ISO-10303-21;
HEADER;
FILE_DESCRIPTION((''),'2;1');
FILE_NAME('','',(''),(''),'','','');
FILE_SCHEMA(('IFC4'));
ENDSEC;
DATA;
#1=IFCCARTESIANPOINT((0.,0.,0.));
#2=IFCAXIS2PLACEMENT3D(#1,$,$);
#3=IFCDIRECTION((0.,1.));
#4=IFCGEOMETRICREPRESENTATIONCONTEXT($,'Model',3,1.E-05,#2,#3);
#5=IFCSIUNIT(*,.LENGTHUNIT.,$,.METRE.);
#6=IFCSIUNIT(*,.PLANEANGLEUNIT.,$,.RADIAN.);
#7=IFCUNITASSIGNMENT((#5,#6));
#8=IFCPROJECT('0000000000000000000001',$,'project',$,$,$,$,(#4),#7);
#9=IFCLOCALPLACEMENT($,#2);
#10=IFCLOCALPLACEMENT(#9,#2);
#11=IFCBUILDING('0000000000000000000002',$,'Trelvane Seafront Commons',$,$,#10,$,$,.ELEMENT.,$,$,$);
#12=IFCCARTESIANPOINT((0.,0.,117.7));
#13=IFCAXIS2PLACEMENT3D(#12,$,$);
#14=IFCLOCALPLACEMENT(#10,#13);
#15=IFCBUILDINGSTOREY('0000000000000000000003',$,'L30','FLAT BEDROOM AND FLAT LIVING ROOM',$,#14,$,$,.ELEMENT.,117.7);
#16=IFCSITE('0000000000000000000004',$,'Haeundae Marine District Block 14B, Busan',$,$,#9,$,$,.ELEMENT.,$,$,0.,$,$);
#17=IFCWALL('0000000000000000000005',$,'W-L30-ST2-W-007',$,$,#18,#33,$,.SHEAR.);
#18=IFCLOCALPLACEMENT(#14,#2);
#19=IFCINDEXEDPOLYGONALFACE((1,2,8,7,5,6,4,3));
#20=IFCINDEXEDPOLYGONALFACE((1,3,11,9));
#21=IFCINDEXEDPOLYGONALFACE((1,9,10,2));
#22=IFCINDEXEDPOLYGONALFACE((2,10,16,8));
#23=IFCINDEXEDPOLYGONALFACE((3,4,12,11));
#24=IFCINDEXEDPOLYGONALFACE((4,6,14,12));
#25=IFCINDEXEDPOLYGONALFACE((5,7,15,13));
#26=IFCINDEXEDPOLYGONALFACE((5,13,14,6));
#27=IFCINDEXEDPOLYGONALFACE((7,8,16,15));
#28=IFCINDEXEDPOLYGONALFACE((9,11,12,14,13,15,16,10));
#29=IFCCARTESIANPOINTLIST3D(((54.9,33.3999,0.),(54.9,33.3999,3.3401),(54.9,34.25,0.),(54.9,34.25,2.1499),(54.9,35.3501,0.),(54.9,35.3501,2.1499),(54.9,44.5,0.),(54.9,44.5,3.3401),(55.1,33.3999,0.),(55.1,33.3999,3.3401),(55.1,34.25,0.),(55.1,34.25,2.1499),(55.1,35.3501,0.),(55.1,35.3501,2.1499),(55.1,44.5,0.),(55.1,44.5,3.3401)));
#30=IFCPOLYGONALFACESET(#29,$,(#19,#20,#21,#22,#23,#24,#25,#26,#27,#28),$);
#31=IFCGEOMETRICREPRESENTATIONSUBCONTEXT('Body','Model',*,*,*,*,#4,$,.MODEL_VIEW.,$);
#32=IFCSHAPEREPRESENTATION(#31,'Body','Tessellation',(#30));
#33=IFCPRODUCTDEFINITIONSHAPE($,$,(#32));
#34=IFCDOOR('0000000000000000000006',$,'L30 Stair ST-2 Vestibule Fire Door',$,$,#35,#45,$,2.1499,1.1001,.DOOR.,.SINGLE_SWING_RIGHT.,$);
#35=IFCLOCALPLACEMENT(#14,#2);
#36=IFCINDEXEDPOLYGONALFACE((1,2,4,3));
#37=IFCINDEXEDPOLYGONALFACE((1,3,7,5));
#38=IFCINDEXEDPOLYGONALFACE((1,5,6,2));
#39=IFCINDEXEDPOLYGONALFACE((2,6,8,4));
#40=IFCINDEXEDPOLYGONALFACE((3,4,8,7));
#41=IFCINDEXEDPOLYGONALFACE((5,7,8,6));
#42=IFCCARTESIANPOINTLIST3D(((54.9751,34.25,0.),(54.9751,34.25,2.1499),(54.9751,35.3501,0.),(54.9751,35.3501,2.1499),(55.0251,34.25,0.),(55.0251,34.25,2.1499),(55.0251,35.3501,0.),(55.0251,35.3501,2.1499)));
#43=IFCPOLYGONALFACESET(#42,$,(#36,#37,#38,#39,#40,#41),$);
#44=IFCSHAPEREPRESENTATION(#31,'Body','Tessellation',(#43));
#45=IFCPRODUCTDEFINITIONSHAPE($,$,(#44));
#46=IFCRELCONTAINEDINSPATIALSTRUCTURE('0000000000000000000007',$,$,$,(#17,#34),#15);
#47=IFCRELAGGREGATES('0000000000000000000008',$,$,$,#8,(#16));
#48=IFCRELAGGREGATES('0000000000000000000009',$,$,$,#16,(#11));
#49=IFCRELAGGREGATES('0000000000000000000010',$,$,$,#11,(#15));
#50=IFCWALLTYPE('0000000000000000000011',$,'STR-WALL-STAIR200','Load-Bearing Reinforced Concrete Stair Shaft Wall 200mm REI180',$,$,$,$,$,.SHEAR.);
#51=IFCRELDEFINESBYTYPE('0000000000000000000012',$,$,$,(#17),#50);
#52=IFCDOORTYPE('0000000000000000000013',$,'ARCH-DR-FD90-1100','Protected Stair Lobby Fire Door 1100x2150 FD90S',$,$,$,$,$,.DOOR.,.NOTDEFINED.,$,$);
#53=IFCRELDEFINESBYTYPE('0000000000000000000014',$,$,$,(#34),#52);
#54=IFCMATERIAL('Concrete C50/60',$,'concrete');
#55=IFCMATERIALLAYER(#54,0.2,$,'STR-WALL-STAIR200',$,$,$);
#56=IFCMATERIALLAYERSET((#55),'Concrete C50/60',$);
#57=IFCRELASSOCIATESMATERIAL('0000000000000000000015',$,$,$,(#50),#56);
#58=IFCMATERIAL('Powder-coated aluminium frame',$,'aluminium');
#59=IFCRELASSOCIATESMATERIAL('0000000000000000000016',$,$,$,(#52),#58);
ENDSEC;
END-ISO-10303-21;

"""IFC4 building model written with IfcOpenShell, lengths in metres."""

from ifc_helpers import new_model, si_unit, direction, frame, frame_2d, origin, place, context, subcontext, project, spatial, rectangle, extrude, source, transform, mapped, material, layer, layer_set, type_object, element, fill, save


model = new_model("IFC4")

# Units and contexts
model_context = context("Model", 3, precision=1e-05, world=origin(), true_north=direction((0.0, 1.0)))
body_context = subcontext(model_context, "Body", "Model", "MODEL_VIEW")
ifc_project = project(units=[si_unit("LENGTHUNIT", "METRE"), si_unit("PLANEANGLEUNIT", "RADIAN")], contexts=[model_context])

# Site, building, storey
site_placement = place(None, origin())
site = spatial("IfcSite", under=ifc_project, at=site_placement, Name="Haeundae Marine District Block 14B, Busan", CompositionType="ELEMENT", RefElevation=0.0)
building_placement = place(site_placement, origin())
building = spatial("IfcBuilding", under=site, at=building_placement, Name="Trelvane Seafront Commons", CompositionType="ELEMENT")
storey_placement = place(building_placement, frame((0.0, 0.0, 117.7)))
storey = spatial("IfcBuildingStorey", under=building, at=storey_placement, Name="L30", Description="FLAT BEDROOM AND FLAT LIVING ROOM", CompositionType="ELEMENT", Elevation=117.7)

# Shared definitions
ifc_material_1 = material(Name="Powder-coated aluminium frame", Category="aluminium")

# Wall, opening, door
ifc_material_2 = material(Name="Concrete C50/60", Category="concrete")
ifc_layer_1 = layer(ifc_material_2, 0.2, Name="STR-WALL-STAIR200")
ifc_layer_set_1 = layer_set([ifc_layer_1], Name="Concrete C50/60")
wall_type_1 = type_object("IfcWallType", Name="STR-WALL-STAIR200", Description="Load-Bearing Reinforced Concrete Stair Shaft Wall 200mm REI180", PredefinedType="SHEAR", material=ifc_layer_set_1)
wall_1_placement = place(storey_placement, frame((55.0, 33.3999, 0.0), z_axis=(0.0, 0.0, 1.0), x_axis=(0.0, 1.0, 0.0)))
wall_1 = element("IfcWall", 1, at=wall_1_placement, inside=storey, type_object=wall_type_1, Name="W-L30-ST2-W-007", PredefinedType="SHEAR", context=body_context, shape_type="SweptSolid", body=[
    extrude(rectangle(XDim=11.1001, YDim=0.2, at=frame_2d((5.55, 0.0))), origin(), (0.0, 0.0, 1.0), 3.3401),
])
opening_1_placement = place(wall_1_placement, frame((0.8501, 0.0, 0.0)))
opening_1 = element("IfcOpeningElement", 2, at=opening_1_placement, cuts=wall_1, PredefinedType="OPENING", context=body_context, shape_type="SweptSolid", body=[
    extrude(rectangle(XDim=1.1001, YDim=2.1499, at=frame_2d((0.55, 1.075))), frame((0.0, 0.1099, 0.0), z_axis=(0.0, -1.0, 0.0), x_axis=(1.0, 0.0, 0.0)), (0.0, 0.0, 1.0), 0.22),
])
door_type_1 = type_object("IfcDoorType", Name="ARCH-DR-FD90-1100", Description="Protected Stair Lobby Fire Door 1100x2150 FD90S", OperationType="NOTDEFINED", PredefinedType="DOOR", material=ifc_material_1)
shared_shape_1 = source(origin(), body_context, "Body", "SweptSolid", [
    extrude(rectangle(XDim=1.1001, YDim=2.1499, at=frame_2d((0.55, 1.075))), frame((0.0, 0.0249, 0.0), z_axis=(0.0, -1.0, 0.0), x_axis=(1.0, 0.0, 0.0)), (0.0, 0.0, 1.0), 0.05),
])
door_1_placement = place(opening_1_placement, origin())
door_1 = element("IfcDoor", 3, at=door_1_placement, inside=storey, type_object=door_type_1, Name="L30 Stair ST-2 Vestibule Fire Door", OperationType="SINGLE_SWING_RIGHT", OverallHeight=2.1499, OverallWidth=1.1001, PredefinedType="DOOR", context=body_context, shape_type="MappedRepresentation", body=[
    mapped(shared_shape_1, transform((0.0, 0.0, 0.0), x_axis=(1.0, 0.0, 0.0), y_axis=(0.0, 1.0, 0.0), z_axis=(0.0, 0.0, 1.0), scale=1.0)),
])
fill(opening_1, door_1)

save(model, "model.ifc")
